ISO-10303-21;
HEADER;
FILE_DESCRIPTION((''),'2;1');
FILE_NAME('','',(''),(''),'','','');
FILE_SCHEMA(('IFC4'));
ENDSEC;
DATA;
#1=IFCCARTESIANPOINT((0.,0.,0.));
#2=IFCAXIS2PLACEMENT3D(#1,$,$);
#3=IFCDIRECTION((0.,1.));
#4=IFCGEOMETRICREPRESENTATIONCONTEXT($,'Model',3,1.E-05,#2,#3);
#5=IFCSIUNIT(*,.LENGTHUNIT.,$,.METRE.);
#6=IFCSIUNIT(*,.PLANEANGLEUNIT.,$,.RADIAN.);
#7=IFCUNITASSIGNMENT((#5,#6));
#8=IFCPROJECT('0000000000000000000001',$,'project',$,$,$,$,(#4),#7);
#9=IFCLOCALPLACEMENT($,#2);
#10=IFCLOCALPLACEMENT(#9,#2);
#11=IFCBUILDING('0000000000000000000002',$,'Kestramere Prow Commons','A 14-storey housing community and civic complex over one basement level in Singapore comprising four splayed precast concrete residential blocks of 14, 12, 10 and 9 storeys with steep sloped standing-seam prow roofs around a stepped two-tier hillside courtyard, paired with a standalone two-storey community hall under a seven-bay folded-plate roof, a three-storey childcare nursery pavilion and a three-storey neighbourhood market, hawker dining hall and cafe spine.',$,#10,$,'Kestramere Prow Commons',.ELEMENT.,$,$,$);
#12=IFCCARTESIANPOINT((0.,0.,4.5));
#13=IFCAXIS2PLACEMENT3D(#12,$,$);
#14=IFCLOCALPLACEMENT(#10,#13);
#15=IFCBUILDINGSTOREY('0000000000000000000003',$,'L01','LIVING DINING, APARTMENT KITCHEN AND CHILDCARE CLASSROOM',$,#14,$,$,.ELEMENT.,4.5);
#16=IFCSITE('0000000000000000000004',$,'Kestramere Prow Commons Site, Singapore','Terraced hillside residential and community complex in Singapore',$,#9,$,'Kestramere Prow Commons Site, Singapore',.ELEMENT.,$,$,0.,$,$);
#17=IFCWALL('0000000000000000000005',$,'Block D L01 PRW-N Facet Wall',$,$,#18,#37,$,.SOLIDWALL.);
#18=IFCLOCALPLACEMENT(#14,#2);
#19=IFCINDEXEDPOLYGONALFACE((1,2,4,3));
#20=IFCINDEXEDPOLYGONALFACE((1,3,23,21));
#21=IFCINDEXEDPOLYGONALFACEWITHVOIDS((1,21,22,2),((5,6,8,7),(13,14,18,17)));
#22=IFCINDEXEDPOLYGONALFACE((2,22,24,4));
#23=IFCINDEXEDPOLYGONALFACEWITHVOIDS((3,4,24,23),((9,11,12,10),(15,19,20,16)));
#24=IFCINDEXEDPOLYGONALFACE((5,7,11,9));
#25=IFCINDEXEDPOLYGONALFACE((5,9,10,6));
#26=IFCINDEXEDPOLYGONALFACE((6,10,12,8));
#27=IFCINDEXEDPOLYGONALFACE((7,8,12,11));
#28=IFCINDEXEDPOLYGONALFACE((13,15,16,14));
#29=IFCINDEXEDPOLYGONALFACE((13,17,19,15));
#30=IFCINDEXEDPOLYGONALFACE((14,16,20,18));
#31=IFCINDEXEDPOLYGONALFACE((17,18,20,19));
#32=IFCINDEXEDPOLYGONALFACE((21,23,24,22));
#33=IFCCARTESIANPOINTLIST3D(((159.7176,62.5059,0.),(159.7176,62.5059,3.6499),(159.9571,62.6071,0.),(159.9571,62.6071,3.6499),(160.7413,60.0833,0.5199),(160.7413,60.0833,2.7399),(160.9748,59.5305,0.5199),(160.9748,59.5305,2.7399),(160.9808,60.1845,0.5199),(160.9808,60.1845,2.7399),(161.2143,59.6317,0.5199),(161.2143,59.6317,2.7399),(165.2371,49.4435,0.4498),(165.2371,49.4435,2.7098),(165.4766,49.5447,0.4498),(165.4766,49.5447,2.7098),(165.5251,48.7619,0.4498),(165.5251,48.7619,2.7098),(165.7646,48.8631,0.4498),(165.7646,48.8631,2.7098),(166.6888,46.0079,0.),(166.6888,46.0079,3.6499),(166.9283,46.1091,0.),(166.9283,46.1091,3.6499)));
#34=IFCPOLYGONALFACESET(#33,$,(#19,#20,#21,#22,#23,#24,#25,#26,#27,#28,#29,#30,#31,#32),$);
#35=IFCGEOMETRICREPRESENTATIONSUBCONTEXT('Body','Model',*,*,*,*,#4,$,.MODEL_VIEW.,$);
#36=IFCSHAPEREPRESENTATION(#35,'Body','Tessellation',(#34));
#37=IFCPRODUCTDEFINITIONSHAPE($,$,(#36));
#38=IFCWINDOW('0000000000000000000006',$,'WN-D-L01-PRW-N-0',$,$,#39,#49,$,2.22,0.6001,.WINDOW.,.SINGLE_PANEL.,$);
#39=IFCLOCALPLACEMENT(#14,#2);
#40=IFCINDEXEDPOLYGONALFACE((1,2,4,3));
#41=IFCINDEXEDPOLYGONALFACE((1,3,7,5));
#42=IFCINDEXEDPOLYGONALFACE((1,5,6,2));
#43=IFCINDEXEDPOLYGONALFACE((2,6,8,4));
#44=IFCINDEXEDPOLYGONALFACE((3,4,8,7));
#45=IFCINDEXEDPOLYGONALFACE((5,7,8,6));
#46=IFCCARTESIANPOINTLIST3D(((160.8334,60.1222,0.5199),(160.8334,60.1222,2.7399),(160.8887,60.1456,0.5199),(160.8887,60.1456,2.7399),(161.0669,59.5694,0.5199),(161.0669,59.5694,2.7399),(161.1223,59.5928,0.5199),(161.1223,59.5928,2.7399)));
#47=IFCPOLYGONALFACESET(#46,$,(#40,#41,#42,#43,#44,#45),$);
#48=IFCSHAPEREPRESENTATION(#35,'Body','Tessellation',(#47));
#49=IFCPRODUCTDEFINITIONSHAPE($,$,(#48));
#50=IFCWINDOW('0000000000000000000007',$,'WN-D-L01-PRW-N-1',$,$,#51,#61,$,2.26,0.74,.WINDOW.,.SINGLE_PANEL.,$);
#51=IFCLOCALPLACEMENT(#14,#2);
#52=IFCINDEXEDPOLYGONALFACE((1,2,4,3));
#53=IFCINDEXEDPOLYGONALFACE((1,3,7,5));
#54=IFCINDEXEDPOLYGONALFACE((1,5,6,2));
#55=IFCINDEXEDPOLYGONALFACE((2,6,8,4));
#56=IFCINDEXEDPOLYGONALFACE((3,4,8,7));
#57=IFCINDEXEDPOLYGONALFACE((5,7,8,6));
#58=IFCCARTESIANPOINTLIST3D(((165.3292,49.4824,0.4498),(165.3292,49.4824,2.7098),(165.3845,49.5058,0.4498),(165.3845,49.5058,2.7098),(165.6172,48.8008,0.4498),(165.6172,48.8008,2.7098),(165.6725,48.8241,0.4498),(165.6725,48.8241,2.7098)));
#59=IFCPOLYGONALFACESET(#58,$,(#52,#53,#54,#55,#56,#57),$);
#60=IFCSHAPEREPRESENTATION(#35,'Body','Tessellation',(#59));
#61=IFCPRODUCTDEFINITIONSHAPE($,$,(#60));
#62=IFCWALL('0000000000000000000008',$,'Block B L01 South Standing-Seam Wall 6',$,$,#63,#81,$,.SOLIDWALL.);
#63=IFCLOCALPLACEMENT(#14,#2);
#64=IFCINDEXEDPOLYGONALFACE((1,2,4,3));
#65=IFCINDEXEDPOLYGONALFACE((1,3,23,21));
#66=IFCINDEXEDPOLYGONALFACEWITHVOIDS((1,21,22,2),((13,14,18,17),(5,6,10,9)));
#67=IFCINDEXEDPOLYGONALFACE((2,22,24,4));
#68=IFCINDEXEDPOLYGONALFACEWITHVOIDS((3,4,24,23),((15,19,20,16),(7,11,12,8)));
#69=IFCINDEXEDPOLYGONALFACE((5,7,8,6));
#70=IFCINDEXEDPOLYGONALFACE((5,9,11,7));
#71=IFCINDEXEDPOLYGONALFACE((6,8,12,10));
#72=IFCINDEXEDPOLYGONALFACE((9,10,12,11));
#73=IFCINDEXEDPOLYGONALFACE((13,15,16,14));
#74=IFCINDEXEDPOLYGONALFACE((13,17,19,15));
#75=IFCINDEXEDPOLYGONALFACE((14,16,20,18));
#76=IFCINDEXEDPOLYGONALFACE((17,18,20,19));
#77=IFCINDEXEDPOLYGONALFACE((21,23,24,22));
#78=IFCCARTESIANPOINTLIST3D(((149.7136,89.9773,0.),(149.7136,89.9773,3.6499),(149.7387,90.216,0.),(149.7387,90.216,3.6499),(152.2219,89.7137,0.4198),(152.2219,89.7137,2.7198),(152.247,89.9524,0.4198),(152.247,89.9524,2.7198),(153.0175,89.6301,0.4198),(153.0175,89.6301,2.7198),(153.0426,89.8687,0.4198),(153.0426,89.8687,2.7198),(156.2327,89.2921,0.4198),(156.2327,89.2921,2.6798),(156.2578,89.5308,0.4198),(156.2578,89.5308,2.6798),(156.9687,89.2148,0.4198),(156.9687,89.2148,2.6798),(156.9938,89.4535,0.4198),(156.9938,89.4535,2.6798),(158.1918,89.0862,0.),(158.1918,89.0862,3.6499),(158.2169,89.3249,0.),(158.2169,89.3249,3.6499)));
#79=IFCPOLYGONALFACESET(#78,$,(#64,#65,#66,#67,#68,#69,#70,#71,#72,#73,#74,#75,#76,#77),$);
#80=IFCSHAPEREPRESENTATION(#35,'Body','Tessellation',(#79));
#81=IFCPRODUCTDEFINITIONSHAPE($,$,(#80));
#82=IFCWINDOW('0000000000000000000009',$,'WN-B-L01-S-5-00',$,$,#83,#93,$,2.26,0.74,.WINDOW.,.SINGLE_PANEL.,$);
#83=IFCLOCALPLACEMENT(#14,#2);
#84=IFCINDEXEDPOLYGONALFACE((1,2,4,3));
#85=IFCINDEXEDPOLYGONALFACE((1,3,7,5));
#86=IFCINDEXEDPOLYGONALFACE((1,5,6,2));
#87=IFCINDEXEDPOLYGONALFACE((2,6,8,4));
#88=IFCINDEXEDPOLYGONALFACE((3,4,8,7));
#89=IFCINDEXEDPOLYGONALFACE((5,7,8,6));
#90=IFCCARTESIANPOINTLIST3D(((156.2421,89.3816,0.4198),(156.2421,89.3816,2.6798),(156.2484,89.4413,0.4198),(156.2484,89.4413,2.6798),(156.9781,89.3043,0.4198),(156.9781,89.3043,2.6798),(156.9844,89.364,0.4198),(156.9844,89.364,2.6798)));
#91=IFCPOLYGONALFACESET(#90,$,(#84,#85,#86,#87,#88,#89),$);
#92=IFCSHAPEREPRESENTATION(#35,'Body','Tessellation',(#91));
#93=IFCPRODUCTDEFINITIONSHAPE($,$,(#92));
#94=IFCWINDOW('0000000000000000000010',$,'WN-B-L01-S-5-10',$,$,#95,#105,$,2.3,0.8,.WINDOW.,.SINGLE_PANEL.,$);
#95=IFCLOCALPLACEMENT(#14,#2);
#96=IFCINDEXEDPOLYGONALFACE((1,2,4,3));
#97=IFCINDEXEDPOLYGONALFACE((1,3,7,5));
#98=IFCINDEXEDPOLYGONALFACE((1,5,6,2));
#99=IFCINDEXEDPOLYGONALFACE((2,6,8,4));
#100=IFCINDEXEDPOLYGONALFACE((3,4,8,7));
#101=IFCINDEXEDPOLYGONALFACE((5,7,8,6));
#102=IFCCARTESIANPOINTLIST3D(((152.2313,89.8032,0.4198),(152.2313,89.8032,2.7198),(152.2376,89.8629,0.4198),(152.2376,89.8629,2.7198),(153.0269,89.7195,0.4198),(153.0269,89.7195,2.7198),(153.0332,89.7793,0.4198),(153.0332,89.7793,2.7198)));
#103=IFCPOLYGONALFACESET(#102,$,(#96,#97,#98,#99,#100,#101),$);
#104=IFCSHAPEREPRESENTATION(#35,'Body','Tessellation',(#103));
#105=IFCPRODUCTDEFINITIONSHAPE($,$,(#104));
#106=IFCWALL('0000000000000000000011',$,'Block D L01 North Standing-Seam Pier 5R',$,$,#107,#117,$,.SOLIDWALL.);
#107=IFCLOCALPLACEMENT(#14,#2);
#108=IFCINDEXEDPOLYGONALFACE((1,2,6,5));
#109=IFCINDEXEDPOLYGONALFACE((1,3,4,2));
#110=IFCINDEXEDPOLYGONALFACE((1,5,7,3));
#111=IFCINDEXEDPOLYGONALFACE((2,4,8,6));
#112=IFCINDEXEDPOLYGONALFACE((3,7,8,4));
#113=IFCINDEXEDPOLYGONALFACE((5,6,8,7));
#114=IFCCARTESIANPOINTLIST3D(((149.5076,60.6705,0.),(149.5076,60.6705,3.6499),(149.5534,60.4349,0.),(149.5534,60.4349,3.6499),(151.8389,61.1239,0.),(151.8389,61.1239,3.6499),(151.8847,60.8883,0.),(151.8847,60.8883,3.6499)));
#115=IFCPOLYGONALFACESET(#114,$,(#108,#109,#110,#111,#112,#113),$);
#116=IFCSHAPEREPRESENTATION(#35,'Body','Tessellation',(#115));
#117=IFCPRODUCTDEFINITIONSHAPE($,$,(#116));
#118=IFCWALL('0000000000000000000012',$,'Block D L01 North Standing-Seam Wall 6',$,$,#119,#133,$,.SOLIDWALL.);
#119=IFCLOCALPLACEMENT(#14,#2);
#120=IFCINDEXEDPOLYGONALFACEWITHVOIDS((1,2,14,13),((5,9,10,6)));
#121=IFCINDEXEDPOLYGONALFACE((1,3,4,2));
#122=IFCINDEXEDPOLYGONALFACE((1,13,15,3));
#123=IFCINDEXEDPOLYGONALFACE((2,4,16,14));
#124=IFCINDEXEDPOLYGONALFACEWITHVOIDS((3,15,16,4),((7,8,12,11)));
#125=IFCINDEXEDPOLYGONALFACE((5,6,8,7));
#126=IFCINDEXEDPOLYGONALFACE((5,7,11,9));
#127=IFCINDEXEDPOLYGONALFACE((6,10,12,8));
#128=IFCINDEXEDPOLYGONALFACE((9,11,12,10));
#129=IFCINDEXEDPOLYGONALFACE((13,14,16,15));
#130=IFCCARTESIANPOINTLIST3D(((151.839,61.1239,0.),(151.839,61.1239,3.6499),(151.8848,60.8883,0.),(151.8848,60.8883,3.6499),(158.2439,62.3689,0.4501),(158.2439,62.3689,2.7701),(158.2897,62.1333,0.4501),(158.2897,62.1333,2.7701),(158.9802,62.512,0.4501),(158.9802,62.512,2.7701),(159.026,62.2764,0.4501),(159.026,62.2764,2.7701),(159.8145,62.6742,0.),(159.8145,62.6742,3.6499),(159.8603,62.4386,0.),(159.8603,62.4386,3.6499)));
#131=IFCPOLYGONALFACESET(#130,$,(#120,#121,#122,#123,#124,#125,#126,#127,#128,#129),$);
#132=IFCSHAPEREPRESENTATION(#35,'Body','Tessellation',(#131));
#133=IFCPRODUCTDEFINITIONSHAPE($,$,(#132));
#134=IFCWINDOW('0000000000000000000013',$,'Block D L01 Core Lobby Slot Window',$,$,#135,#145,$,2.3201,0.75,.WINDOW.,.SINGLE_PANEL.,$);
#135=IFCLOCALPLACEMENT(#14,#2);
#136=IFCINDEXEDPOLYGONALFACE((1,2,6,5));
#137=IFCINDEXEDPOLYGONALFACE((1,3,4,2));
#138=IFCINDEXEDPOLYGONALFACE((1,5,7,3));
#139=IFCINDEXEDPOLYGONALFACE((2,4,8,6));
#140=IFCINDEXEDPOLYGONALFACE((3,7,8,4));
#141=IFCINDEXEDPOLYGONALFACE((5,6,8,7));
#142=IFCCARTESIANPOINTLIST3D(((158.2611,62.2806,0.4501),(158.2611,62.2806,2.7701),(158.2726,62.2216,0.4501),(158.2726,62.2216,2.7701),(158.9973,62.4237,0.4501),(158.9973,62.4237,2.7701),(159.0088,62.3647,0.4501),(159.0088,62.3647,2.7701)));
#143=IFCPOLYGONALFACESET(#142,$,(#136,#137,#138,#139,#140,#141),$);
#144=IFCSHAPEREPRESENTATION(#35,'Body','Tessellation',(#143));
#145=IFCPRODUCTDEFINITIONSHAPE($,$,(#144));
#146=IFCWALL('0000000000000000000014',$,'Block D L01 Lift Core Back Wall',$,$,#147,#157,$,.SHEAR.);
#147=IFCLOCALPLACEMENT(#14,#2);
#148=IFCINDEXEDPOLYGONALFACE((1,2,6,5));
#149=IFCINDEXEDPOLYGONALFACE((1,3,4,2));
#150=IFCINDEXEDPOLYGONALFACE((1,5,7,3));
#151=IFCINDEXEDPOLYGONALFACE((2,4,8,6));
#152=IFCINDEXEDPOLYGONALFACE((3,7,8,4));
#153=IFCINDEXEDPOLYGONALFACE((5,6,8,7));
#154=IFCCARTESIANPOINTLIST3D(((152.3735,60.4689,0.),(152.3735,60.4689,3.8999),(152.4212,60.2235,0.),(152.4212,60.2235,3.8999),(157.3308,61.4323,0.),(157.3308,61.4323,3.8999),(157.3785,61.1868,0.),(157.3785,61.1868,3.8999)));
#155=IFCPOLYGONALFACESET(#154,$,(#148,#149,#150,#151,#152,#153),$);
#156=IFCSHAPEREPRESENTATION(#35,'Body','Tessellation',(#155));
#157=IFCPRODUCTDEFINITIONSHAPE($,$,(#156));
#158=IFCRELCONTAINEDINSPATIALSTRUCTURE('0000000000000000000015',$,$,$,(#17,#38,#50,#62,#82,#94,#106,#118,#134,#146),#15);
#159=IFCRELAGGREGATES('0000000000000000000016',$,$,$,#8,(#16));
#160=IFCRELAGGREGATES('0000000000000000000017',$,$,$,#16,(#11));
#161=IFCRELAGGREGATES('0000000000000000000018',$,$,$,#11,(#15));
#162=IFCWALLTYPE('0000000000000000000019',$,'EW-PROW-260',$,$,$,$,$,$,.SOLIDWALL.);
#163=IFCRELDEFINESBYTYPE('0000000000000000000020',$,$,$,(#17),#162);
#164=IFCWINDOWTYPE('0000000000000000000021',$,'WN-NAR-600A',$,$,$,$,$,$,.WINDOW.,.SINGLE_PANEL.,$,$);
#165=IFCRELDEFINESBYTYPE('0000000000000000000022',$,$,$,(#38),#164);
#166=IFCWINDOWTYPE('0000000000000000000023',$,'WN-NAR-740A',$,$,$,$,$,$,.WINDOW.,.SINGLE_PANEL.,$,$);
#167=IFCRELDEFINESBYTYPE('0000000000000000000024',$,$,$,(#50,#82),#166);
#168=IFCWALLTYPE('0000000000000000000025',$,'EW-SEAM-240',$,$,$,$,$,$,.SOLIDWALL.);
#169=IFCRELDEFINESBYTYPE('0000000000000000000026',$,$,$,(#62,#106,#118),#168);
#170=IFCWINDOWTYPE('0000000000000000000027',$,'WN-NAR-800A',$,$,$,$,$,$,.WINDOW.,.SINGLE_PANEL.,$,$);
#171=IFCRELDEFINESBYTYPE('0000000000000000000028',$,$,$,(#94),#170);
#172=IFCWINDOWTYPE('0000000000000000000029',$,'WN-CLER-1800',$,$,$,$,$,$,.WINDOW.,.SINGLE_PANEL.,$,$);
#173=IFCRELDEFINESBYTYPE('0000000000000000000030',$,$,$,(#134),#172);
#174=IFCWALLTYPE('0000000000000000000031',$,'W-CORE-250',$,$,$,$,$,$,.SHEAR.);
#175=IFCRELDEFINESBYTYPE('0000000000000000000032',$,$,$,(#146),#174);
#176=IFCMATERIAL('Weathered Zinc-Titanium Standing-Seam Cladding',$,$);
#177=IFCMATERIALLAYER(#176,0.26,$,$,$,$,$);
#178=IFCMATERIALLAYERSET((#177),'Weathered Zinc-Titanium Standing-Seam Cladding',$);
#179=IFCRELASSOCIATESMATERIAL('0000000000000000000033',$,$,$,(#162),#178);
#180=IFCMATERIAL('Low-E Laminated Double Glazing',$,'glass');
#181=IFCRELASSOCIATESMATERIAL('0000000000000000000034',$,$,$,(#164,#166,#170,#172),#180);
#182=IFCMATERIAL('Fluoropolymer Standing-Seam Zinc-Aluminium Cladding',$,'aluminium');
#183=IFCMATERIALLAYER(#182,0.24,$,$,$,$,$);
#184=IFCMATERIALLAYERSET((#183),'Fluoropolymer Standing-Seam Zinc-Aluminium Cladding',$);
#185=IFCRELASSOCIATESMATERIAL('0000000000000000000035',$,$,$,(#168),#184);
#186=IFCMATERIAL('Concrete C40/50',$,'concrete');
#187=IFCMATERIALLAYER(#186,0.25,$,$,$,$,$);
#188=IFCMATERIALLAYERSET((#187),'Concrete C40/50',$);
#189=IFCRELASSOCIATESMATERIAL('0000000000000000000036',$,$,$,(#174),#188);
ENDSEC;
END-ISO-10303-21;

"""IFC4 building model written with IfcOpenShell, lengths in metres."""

from ifc_helpers import new_model, si_unit, direction, frame, frame_2d, origin, place, context, subcontext, project, spatial, rectangle, extrude, material, layer, layer_set, type_object, element, fill, save


model = new_model("IFC4")

# Units and contexts
model_context = context("Model", 3, precision=1e-05, world=origin(), true_north=direction((0.0, 1.0)))
body_context = subcontext(model_context, "Body", "Model", "MODEL_VIEW")
ifc_project = project(units=[si_unit("LENGTHUNIT", "METRE"), si_unit("PLANEANGLEUNIT", "RADIAN")], contexts=[model_context])

# Site, building, storey
site_placement = place(None, origin())
site = spatial("IfcSite", under=ifc_project, at=site_placement, Name="Kestramere Prow Commons Site, Singapore", Description="Terraced hillside residential and community complex in Singapore", LongName="Kestramere Prow Commons Site, Singapore", CompositionType="ELEMENT", RefElevation=0.0)
building_placement = place(site_placement, origin())
building = spatial("IfcBuilding", under=site, at=building_placement, Name="Kestramere Prow Commons", Description="A 14-storey housing community and civic complex over one basement level in Singapore comprising four splayed precast concrete residential blocks of 14, 12, 10 and 9 storeys with steep sloped standing-seam prow roofs around a stepped two-tier hillside courtyard, paired with a standalone two-storey community hall under a seven-bay folded-plate roof, a three-storey childcare nursery pavilion and a three-storey neighbourhood market, hawker dining hall and cafe spine.", LongName="Kestramere Prow Commons", CompositionType="ELEMENT")
storey_placement = place(building_placement, frame((0.0, 0.0, 4.5)))
storey = spatial("IfcBuildingStorey", under=building, at=storey_placement, Name="L01", Description="LIVING DINING, APARTMENT KITCHEN AND CHILDCARE CLASSROOM", CompositionType="ELEMENT", Elevation=4.5)

# Shared definitions
ifc_material_1 = material(Name="Low-E Laminated Double Glazing", Category="glass")

# Walls, openings, windows
ifc_material_2 = material(Name="Weathered Zinc-Titanium Standing-Seam Cladding")
ifc_layer_1 = layer(ifc_material_2, 0.26)
ifc_layer_set_1 = layer_set([ifc_layer_1], Name="Weathered Zinc-Titanium Standing-Seam Cladding")
wall_type_1 = type_object("IfcWallType", Name="EW-PROW-260", PredefinedType="SOLIDWALL", material=ifc_layer_set_1)
wall_1_placement = place(storey_placement, frame((159.8374, 62.5564, 0.0), z_axis=(0.0, 0.0, 1.0), x_axis=(0.389226, -0.921142, 0.0)))
wall_1 = element("IfcWall", 1, at=wall_1_placement, inside=storey, type_object=wall_type_1, Name="Block D L01 PRW-N Facet Wall", PredefinedType="SOLIDWALL", context=body_context, shape_type="SweptSolid", body=[
    extrude(rectangle(XDim=17.9104, YDim=0.26, at=frame_2d((8.9551, 0.0))), origin(), (0.0, 0.0, 1.0), 3.6499),
])
opening_1_placement = place(wall_1_placement, frame((2.6299, 0.0, 0.52)))
opening_1 = element("IfcOpeningElement", 2, at=opening_1_placement, cuts=wall_1, PredefinedType="OPENING", context=body_context, shape_type="SweptSolid", body=[
    extrude(rectangle(XDim=0.6001, YDim=2.22, at=frame_2d((0.3, 1.1099))), frame((0.0, 0.145, 0.0), z_axis=(0.0, -1.0, 0.0), x_axis=(1.0, 0.0, 0.0)), (0.0, 0.0, 1.0), 0.29),
])
opening_2_placement = place(wall_1_placement, frame((14.1804, 0.0, 0.45)))
opening_2 = element("IfcOpeningElement", 3, at=opening_2_placement, cuts=wall_1, PredefinedType="OPENING", context=body_context, shape_type="SweptSolid", body=[
    extrude(rectangle(XDim=0.74, YDim=2.26, at=frame_2d((0.3701, 1.1299))), frame((0.0, 0.145, 0.0), z_axis=(0.0, -1.0, 0.0), x_axis=(1.0, 0.0, 0.0)), (0.0, 0.0, 1.0), 0.29),
])
window_type_1 = type_object("IfcWindowType", Name="WN-NAR-600A", PartitioningType="SINGLE_PANEL", PredefinedType="WINDOW", material=ifc_material_1)
window_1_placement = place(opening_1_placement, origin())
window_1 = element("IfcWindow", 4, at=window_1_placement, inside=storey, type_object=window_type_1, Name="WN-D-L01-PRW-N-0", OverallHeight=2.22, OverallWidth=0.6001, PartitioningType="SINGLE_PANEL", PredefinedType="WINDOW", context=body_context, shape_type="SweptSolid", body=[
    extrude(rectangle(XDim=0.6001, YDim=2.22, at=frame_2d((0.3, 1.1099))), frame((0.0, 0.03, 0.0), z_axis=(0.0, -1.0, 0.0), x_axis=(1.0, 0.0, 0.0)), (0.0, 0.0, 1.0), 0.0601),
])
fill(opening_1, window_1)
window_type_2 = type_object("IfcWindowType", Name="WN-NAR-740A", PartitioningType="SINGLE_PANEL", PredefinedType="WINDOW", material=ifc_material_1)
window_2_placement = place(opening_2_placement, origin())
window_2 = element("IfcWindow", 5, at=window_2_placement, inside=storey, type_object=window_type_2, Name="WN-D-L01-PRW-N-1", OverallHeight=2.26, OverallWidth=0.74, PartitioningType="SINGLE_PANEL", PredefinedType="WINDOW", context=body_context, shape_type="SweptSolid", body=[
    extrude(rectangle(XDim=0.74, YDim=2.26, at=frame_2d((0.3701, 1.1299))), frame((0.0, 0.03, 0.0), z_axis=(0.0, -1.0, 0.0), x_axis=(1.0, 0.0, 0.0)), (0.0, 0.0, 1.0), 0.0601),
])
fill(opening_2, window_2)
ifc_material_3 = material(Name="Fluoropolymer Standing-Seam Zinc-Aluminium Cladding", Category="aluminium")
ifc_layer_2 = layer(ifc_material_3, 0.24)
ifc_layer_set_2 = layer_set([ifc_layer_2], Name="Fluoropolymer Standing-Seam Zinc-Aluminium Cladding")
wall_type_2 = type_object("IfcWallType", Name="EW-SEAM-240", PredefinedType="SOLIDWALL", material=ifc_layer_set_2)
wall_2_placement = place(storey_placement, frame((158.2043, 89.2056, 0.0), z_axis=(0.0, 0.0, 1.0), x_axis=(-0.994522, 0.10453, 0.0)))
wall_2 = element("IfcWall", 6, at=wall_2_placement, inside=storey, type_object=wall_type_2, Name="Block B L01 South Standing-Seam Wall 6", PredefinedType="SOLIDWALL", context=body_context, shape_type="SweptSolid", body=[
    extrude(rectangle(XDim=8.5249, YDim=0.24, at=frame_2d((4.2625, 0.0))), origin(), (0.0, 0.0, 1.0), 3.6499),
])
opening_3_placement = place(wall_2_placement, frame((1.2297, 0.0, 0.4199)))
opening_3 = element("IfcOpeningElement", 7, at=opening_3_placement, cuts=wall_2, PredefinedType="OPENING", context=body_context, shape_type="SweptSolid", body=[
    extrude(rectangle(XDim=0.74, YDim=2.26, at=frame_2d((0.3701, 1.1299))), frame((0.0, 0.135, 0.0), z_axis=(0.0, -1.0, 0.0), x_axis=(1.0, 0.0, 0.0)), (0.0, 0.0, 1.0), 0.27),
])
opening_4_placement = place(wall_2_placement, frame((5.2029, 0.0, 0.4199)))
opening_4 = element("IfcOpeningElement", 8, at=opening_4_placement, cuts=wall_2, PredefinedType="OPENING", context=body_context, shape_type="SweptSolid", body=[
    extrude(rectangle(XDim=0.8, YDim=2.3, at=frame_2d((0.3999, 1.1499))), frame((0.0, 0.135, 0.0), z_axis=(0.0, -1.0, 0.0), x_axis=(1.0, 0.0, 0.0)), (0.0, 0.0, 1.0), 0.27),
])
window_3_placement = place(opening_3_placement, origin())
window_3 = element("IfcWindow", 9, at=window_3_placement, inside=storey, type_object=window_type_2, Name="WN-B-L01-S-5-00", OverallHeight=2.26, OverallWidth=0.74, PartitioningType="SINGLE_PANEL", PredefinedType="WINDOW", context=body_context, shape_type="SweptSolid", body=[
    extrude(rectangle(XDim=0.74, YDim=2.26, at=frame_2d((0.3701, 1.1299))), frame((0.0, 0.03, 0.0), z_axis=(0.0, -1.0, 0.0), x_axis=(1.0, 0.0, 0.0)), (0.0, 0.0, 1.0), 0.0601),
])
fill(opening_3, window_3)
window_type_3 = type_object("IfcWindowType", Name="WN-NAR-800A", PartitioningType="SINGLE_PANEL", PredefinedType="WINDOW", material=ifc_material_1)
window_4_placement = place(opening_4_placement, origin())
window_4 = element("IfcWindow", 10, at=window_4_placement, inside=storey, type_object=window_type_3, Name="WN-B-L01-S-5-10", OverallHeight=2.3, OverallWidth=0.8, PartitioningType="SINGLE_PANEL", PredefinedType="WINDOW", context=body_context, shape_type="SweptSolid", body=[
    extrude(rectangle(XDim=0.8, YDim=2.3, at=frame_2d((0.3999, 1.1499))), frame((0.0, 0.03, 0.0), z_axis=(0.0, -1.0, 0.0), x_axis=(1.0, 0.0, 0.0)), (0.0, 0.0, 1.0), 0.0601),
])
fill(opening_4, window_4)

# Wall
wall_3_placement = place(storey_placement, frame((149.5305, 60.5527, 0.0), z_axis=(0.0, 0.0, 1.0), x_axis=(0.981611, 0.190894, 0.0)))
element("IfcWall", 11, at=wall_3_placement, inside=storey, type_object=wall_type_2, Name="Block D L01 North Standing-Seam Pier 5R", PredefinedType="SOLIDWALL", context=body_context, shape_type="SweptSolid", body=[
    extrude(rectangle(XDim=2.375, YDim=0.24, at=frame_2d((1.1875, 0.0))), origin(), (0.0, 0.0, 1.0), 3.6499),
])

# Wall, opening, window
wall_4_placement = place(storey_placement, frame((151.8618, 61.0061, 0.0), z_axis=(0.0, 0.0, 1.0), x_axis=(0.981627, 0.190809, 0.0)))
wall_4 = element("IfcWall", 12, at=wall_4_placement, inside=storey, type_object=wall_type_2, Name="Block D L01 North Standing-Seam Wall 6", PredefinedType="SOLIDWALL", context=body_context, shape_type="SweptSolid", body=[
    extrude(rectangle(XDim=8.1248, YDim=0.24, at=frame_2d((4.0625, 0.0))), origin(), (0.0, 0.0, 1.0), 3.6499),
])
opening_5_placement = place(wall_4_placement, frame((6.5249, 0.0, 0.45)))
opening_5 = element("IfcOpeningElement", 13, at=opening_5_placement, cuts=wall_4, PredefinedType="OPENING", context=body_context, shape_type="SweptSolid", body=[
    extrude(rectangle(XDim=0.75, YDim=2.3201, at=frame_2d((0.375, 1.1602))), frame((0.0, 0.135, 0.0), z_axis=(0.0, -1.0, 0.0), x_axis=(1.0, 0.0, 0.0)), (0.0, 0.0, 1.0), 0.27),
])
window_type_4 = type_object("IfcWindowType", Name="WN-CLER-1800", PartitioningType="SINGLE_PANEL", PredefinedType="WINDOW", material=ifc_material_1)
window_5_placement = place(opening_5_placement, origin())
window_5 = element("IfcWindow", 14, at=window_5_placement, inside=storey, type_object=window_type_4, Name="Block D L01 Core Lobby Slot Window", OverallHeight=2.3201, OverallWidth=0.75, PartitioningType="SINGLE_PANEL", PredefinedType="WINDOW", context=body_context, shape_type="SweptSolid", body=[
    extrude(rectangle(XDim=0.75, YDim=2.3201, at=frame_2d((0.375, 1.1602))), frame((0.0, 0.03, 0.0), z_axis=(0.0, -1.0, 0.0), x_axis=(1.0, 0.0, 0.0)), (0.0, 0.0, 1.0), 0.0601),
])
fill(opening_5, window_5)

# Wall
ifc_material_4 = material(Name="Concrete C40/50", Category="concrete")
ifc_layer_3 = layer(ifc_material_4, 0.25)
ifc_layer_set_3 = layer_set([ifc_layer_3], Name="Concrete C40/50")
wall_type_3 = type_object("IfcWallType", Name="W-CORE-250", PredefinedType="SHEAR", material=ifc_layer_set_3)
wall_5_placement = place(storey_placement, frame((152.3975, 60.3462, 0.0), z_axis=(0.0, 0.0, 1.0), x_axis=(0.981635, 0.190767, 0.0)))
element("IfcWall", 15, at=wall_5_placement, inside=storey, type_object=wall_type_3, Name="Block D L01 Lift Core Back Wall", PredefinedType="SHEAR", context=body_context, shape_type="SweptSolid", body=[
    extrude(rectangle(XDim=5.05, YDim=0.25, at=frame_2d((2.5249, 0.0))), origin(), (0.0, 0.0, 1.0), 3.8999),
])

save(model, "model.ifc")
